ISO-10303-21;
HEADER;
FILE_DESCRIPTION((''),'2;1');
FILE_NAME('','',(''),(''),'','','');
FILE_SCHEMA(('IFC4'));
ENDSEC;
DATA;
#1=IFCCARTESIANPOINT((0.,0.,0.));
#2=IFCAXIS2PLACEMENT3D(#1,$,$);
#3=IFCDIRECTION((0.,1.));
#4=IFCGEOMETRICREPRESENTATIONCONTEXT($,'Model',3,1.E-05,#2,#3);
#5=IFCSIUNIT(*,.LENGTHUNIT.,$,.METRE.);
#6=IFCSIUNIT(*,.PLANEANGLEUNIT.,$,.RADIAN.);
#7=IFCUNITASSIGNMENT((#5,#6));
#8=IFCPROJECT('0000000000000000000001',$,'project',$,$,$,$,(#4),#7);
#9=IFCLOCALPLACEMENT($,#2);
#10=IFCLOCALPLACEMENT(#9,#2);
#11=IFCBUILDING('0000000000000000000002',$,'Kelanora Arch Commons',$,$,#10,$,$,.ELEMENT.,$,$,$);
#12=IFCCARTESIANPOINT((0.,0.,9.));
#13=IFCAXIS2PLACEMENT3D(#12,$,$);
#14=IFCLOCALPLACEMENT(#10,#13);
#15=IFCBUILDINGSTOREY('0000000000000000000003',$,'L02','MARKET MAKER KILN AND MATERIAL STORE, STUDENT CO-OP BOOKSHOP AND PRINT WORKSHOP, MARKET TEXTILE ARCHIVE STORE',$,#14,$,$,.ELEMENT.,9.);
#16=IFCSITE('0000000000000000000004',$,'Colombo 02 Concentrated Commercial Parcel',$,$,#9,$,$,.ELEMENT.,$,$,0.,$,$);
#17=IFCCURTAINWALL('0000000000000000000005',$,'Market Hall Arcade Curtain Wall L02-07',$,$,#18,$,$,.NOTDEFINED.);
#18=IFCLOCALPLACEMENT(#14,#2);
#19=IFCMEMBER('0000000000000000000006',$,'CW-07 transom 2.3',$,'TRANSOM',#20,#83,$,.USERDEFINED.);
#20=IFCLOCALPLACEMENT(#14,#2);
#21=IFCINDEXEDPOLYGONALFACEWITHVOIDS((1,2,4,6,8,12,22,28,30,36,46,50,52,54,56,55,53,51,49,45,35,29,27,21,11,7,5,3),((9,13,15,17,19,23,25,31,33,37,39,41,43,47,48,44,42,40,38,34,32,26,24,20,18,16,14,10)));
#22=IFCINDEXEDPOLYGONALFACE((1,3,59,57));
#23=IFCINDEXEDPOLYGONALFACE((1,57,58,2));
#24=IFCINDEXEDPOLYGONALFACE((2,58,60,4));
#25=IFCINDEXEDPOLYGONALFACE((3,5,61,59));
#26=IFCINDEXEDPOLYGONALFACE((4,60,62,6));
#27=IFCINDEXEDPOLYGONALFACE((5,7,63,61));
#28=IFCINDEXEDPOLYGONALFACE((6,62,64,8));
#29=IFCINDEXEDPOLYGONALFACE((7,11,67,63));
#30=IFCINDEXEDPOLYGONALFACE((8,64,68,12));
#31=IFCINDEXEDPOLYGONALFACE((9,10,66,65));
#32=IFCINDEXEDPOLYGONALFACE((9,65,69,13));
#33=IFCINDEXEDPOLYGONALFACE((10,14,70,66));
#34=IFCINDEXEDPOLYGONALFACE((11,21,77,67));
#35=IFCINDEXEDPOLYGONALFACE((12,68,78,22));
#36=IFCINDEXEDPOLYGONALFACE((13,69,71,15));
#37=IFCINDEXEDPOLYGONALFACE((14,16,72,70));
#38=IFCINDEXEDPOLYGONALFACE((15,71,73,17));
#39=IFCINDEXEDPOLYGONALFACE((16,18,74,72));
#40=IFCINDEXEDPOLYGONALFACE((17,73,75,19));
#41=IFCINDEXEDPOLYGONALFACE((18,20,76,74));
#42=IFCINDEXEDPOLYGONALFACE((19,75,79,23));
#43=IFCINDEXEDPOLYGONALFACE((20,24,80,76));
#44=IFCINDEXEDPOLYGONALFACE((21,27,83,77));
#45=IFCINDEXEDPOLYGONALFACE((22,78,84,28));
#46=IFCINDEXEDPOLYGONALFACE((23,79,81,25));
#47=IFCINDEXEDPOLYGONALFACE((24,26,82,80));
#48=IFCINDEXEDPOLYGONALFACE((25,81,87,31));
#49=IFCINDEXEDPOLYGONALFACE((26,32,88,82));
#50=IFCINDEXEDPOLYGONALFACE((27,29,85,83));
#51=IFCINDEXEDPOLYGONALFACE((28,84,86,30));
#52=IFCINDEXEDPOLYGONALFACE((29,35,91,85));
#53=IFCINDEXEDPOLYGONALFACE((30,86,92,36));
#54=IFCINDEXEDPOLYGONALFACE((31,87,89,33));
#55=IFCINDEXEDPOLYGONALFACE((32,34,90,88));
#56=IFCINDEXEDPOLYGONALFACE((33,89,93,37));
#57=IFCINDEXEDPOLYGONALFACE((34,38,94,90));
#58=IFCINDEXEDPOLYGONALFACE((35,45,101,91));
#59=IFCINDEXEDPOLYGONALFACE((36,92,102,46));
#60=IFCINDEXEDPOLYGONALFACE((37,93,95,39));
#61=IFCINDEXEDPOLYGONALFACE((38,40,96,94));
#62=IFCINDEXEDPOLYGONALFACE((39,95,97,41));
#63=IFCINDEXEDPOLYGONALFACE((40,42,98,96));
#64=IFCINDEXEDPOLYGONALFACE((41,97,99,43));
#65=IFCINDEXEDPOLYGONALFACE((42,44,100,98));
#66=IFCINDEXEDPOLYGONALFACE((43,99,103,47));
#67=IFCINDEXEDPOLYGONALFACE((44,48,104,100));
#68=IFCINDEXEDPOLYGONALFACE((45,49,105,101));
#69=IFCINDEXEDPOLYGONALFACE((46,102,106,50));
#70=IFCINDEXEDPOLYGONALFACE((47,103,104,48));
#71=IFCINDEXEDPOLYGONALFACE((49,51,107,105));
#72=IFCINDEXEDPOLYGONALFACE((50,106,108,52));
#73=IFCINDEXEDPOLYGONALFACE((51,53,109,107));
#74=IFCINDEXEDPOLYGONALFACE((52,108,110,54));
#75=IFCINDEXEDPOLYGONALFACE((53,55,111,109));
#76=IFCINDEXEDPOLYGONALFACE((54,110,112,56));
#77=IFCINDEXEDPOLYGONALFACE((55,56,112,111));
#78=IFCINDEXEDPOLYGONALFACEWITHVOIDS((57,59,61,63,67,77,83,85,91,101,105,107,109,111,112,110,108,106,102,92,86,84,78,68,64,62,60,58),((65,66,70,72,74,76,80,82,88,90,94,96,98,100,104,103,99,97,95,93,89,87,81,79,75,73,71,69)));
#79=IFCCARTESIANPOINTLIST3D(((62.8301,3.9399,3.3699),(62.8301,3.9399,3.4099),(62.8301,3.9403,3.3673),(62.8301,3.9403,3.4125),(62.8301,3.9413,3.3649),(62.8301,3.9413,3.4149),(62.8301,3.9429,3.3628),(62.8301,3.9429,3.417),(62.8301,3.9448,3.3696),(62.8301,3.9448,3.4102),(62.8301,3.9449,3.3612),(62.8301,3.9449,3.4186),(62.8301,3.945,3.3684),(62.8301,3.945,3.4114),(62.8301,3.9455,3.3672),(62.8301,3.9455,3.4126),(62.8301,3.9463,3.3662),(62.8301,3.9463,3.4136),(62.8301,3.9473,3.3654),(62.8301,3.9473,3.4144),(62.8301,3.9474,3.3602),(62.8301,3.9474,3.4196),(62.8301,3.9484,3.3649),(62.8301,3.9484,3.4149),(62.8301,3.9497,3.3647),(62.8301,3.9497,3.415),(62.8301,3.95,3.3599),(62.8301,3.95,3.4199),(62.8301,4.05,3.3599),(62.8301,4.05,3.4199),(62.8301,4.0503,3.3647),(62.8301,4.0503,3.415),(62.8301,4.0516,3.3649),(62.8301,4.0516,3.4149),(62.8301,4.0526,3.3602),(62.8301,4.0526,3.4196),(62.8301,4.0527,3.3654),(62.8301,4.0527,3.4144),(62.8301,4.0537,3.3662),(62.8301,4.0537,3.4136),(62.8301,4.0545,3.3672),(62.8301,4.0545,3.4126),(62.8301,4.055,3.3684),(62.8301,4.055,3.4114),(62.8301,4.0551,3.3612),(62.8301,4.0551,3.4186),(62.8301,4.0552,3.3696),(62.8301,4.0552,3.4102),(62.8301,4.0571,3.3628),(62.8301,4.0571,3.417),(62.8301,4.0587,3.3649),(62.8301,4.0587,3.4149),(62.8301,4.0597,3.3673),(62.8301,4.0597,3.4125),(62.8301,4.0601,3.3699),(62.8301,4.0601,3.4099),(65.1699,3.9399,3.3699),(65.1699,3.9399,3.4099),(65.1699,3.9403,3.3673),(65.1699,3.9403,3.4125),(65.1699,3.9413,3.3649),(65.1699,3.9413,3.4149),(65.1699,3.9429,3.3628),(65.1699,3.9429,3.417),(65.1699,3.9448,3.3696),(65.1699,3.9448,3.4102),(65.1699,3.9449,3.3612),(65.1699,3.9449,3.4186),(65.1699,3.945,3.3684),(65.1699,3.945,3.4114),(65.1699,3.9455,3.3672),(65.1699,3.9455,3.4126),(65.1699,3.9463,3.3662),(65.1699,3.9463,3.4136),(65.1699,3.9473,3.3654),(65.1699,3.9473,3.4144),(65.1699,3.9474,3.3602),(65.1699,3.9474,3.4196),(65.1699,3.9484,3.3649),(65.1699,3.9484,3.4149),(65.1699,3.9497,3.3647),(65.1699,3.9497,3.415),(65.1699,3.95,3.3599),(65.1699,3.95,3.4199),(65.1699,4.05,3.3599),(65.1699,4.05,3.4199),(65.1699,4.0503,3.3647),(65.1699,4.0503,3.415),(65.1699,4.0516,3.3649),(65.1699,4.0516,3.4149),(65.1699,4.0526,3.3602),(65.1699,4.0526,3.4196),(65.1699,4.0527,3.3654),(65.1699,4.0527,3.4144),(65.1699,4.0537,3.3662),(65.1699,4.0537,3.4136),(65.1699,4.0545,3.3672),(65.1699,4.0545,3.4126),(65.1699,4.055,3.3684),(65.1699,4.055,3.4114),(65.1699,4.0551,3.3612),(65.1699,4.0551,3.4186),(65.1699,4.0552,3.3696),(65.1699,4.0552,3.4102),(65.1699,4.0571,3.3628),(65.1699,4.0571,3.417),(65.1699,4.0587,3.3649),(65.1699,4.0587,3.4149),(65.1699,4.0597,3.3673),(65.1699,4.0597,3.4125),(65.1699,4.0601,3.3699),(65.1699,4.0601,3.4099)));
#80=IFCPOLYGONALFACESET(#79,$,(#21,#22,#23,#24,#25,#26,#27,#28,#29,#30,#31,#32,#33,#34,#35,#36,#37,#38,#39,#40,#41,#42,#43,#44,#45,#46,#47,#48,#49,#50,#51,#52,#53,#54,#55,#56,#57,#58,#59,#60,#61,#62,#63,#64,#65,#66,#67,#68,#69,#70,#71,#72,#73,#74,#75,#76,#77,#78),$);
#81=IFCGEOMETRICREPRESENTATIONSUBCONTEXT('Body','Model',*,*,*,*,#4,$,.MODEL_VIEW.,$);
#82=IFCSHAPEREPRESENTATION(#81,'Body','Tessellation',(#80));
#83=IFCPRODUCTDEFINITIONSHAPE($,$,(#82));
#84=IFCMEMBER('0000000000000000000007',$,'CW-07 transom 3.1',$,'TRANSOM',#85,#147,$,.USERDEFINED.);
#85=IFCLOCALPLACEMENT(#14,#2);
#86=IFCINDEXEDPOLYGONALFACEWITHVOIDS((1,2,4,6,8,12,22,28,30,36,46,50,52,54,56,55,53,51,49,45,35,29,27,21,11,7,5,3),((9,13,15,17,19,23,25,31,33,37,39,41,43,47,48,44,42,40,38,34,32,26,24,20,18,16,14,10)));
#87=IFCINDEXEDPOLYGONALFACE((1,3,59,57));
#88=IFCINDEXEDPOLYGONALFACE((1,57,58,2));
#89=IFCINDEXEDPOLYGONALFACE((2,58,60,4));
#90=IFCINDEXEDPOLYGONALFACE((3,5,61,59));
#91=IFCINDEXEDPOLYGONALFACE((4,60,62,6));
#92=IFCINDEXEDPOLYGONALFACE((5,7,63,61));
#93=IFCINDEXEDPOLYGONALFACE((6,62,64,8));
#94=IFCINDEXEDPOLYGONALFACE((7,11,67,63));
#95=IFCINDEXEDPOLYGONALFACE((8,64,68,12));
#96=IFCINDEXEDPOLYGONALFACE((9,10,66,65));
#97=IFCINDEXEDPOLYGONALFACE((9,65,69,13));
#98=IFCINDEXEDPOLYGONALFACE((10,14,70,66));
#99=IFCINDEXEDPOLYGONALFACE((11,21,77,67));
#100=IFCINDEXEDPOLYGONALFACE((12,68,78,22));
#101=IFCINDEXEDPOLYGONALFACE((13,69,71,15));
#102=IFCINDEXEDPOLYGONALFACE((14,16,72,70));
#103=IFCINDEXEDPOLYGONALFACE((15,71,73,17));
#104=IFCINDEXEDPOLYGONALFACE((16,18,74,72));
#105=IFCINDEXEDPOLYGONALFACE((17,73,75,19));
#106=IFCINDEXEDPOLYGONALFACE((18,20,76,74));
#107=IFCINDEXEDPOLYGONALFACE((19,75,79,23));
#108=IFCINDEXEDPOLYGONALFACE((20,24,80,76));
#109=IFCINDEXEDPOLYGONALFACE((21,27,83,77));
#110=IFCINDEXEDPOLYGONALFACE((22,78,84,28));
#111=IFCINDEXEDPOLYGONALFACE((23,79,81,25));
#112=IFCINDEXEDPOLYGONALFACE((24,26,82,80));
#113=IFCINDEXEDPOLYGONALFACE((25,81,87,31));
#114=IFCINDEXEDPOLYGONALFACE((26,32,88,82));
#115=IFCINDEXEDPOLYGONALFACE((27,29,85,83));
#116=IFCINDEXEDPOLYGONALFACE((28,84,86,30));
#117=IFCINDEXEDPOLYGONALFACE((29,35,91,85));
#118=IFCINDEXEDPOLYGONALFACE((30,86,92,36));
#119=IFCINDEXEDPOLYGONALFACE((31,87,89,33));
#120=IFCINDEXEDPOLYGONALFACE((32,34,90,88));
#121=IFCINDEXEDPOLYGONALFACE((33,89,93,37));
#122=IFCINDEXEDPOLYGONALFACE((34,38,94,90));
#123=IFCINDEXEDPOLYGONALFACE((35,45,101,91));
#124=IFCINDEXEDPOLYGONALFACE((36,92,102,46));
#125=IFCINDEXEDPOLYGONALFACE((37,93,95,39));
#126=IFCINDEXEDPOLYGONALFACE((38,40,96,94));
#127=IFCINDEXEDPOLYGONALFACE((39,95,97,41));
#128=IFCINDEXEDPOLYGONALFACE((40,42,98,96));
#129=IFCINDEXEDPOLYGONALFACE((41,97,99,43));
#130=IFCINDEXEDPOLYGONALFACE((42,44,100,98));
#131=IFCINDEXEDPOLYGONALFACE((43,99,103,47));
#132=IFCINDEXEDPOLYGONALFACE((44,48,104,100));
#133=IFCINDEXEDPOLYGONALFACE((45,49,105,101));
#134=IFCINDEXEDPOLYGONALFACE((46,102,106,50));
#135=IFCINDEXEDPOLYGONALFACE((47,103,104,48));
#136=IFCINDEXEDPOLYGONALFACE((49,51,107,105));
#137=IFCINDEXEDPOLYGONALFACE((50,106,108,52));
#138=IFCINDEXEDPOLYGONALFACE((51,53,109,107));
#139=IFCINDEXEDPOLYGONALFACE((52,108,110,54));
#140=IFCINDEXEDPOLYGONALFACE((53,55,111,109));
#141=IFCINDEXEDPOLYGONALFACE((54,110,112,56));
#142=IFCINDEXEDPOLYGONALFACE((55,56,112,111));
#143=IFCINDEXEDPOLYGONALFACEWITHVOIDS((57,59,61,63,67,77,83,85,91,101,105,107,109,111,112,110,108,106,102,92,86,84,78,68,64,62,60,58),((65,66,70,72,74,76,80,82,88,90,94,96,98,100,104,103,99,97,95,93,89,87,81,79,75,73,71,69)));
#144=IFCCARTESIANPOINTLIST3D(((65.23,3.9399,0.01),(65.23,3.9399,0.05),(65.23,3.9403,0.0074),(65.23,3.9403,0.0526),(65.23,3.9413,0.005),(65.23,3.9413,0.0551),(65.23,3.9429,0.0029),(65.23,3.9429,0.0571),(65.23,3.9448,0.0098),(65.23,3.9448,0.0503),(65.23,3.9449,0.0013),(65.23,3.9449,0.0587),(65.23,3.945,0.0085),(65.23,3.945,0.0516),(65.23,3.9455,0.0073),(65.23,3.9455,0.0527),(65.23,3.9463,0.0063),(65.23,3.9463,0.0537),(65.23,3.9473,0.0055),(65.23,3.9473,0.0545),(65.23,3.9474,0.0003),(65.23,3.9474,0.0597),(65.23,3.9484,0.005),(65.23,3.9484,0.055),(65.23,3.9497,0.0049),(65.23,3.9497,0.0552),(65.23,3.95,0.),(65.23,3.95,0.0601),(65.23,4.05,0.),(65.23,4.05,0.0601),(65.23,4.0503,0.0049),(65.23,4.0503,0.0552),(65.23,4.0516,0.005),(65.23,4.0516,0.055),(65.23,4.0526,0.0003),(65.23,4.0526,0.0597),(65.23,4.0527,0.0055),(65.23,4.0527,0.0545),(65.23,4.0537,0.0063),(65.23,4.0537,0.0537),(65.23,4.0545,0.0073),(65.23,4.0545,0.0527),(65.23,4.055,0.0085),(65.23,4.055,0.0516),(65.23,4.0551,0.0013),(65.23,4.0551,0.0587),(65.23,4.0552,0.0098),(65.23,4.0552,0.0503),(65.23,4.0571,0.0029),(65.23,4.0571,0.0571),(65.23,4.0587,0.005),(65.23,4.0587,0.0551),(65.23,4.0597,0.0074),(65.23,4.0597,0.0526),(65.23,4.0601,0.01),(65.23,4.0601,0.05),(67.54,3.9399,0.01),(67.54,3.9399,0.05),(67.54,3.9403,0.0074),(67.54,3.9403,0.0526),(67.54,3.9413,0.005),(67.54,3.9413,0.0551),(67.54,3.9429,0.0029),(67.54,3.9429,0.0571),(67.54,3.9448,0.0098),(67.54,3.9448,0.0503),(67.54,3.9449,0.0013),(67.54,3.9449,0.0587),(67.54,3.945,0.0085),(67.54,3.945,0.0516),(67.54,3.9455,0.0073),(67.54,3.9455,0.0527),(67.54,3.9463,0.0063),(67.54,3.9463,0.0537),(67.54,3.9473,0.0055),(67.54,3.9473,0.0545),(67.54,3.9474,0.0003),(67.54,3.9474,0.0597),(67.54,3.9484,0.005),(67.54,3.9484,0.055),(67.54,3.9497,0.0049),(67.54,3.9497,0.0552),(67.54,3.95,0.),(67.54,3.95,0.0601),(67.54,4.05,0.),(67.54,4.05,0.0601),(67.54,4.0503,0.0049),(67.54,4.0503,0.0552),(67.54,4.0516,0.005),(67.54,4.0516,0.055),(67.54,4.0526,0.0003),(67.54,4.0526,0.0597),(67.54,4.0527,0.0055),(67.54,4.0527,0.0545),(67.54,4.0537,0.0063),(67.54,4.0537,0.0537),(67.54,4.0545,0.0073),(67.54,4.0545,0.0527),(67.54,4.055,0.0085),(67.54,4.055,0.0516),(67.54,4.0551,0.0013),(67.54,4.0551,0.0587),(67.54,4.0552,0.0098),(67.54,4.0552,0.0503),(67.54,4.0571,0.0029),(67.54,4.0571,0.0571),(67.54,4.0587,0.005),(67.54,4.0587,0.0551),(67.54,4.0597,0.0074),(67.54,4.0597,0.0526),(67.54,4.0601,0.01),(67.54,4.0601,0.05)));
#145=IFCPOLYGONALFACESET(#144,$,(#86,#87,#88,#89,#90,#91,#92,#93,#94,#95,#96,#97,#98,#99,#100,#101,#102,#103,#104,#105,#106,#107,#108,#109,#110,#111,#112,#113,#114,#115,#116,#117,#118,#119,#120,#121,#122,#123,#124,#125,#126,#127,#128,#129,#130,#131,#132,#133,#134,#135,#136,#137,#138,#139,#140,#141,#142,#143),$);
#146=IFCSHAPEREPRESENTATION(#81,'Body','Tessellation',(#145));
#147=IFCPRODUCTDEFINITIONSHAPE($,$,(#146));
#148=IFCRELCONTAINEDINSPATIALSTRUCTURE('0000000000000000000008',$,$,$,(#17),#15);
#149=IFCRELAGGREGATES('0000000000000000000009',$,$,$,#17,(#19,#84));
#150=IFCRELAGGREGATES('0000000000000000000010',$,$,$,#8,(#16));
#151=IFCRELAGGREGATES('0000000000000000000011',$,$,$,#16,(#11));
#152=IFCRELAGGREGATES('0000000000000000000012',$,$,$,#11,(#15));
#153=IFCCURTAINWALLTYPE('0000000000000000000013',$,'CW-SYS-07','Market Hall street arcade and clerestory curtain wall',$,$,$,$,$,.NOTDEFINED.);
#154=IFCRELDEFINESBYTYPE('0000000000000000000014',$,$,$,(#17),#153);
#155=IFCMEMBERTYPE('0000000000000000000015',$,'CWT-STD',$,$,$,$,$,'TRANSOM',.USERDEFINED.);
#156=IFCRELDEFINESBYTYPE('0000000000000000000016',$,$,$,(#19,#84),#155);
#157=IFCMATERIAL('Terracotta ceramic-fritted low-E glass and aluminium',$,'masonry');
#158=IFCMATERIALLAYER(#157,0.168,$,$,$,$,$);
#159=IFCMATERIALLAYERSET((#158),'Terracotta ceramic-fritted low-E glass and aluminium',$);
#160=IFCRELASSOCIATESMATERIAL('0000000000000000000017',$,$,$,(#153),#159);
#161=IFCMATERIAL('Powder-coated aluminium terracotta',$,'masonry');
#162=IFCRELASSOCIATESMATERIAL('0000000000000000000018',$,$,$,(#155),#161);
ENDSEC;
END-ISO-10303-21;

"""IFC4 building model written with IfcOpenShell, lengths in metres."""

from ifc_helpers import new_model, si_unit, direction, frame, origin, origin_2d, place, context, subcontext, project, spatial, hollow_rectangle, extrude, material, layer, layer_set, material_profile, profile_set, type_object, element, aggregate, save


model = new_model("IFC4")

# Units and contexts
model_context = context("Model", 3, precision=1e-05, world=origin(), true_north=direction((0.0, 1.0)))
body_context = subcontext(model_context, "Body", "Model", "MODEL_VIEW")
ifc_project = project(units=[si_unit("LENGTHUNIT", "METRE"), si_unit("PLANEANGLEUNIT", "RADIAN")], contexts=[model_context])

# Site, building, storey
site_placement = place(None, origin())
site = spatial("IfcSite", under=ifc_project, at=site_placement, Name="Colombo 02 Concentrated Commercial Parcel", CompositionType="ELEMENT", RefElevation=0.0)
building_placement = place(site_placement, origin())
building = spatial("IfcBuilding", under=site, at=building_placement, Name="Kelanora Arch Commons", CompositionType="ELEMENT")
storey_placement = place(building_placement, frame((0.0, 0.0, 9.0)))
storey = spatial("IfcBuildingStorey", under=building, at=storey_placement, Name="L02", Description="MARKET MAKER KILN AND MATERIAL STORE, STUDENT CO-OP BOOKSHOP AND PRINT WORKSHOP, MARKET TEXTILE ARCHIVE STORE", CompositionType="ELEMENT", Elevation=9.0)

# Curtain wall, members
ifc_material_1 = material(Name="Terracotta ceramic-fritted low-E glass and aluminium", Category="masonry")
ifc_layer_1 = layer(ifc_material_1, 0.168)
ifc_layer_set_1 = layer_set([ifc_layer_1], Name="Terracotta ceramic-fritted low-E glass and aluminium")
curtain_wall_type = type_object("IfcCurtainWallType", Name="CW-SYS-07", Description="Market Hall street arcade and clerestory curtain wall", PredefinedType="NOTDEFINED", material=ifc_layer_set_1)
curtain_wall_placement = place(storey_placement, origin())
curtain_wall = element("IfcCurtainWall", 1, at=curtain_wall_placement, inside=storey, type_object=curtain_wall_type, Name="Market Hall Arcade Curtain Wall L02-07", PredefinedType="NOTDEFINED")
ifc_material_2 = material(Name="Powder-coated aluminium terracotta", Category="masonry")
ifc_material_profile_1 = material_profile(ifc_material_2, hollow_rectangle(XDim=0.1201, YDim=0.0601, WallThickness=0.0049, InnerFilletRadius=0.0049, OuterFilletRadius=0.01, at=origin_2d()), Name="CWT120x60")
ifc_profile_set_1 = profile_set([ifc_material_profile_1], Name="Powder-coated aluminium terracotta")
member_type_1 = type_object("IfcMemberType", Name="CWT-STD", ElementType="TRANSOM", PredefinedType="USERDEFINED", material=ifc_profile_set_1)
member_1_placement = place(storey_placement, frame((62.8301, 4.0, 3.3899), z_axis=(1.0, 0.0, 0.0), x_axis=(0.0, 1.0, 0.0)))
member_1 = element("IfcMember", 2, at=member_1_placement, type_object=member_type_1, Name="CW-07 transom 2.3", ObjectType="TRANSOM", PredefinedType="USERDEFINED", context=body_context, shape_type="SweptSolid", body=[
    extrude(hollow_rectangle(XDim=0.1201, YDim=0.0601, WallThickness=0.0049, InnerFilletRadius=0.0049, OuterFilletRadius=0.01, at=origin_2d()), origin(), (0.0, 0.0, 1.0), 2.3398),
])
member_2_placement = place(storey_placement, frame((65.23, 4.0, 0.03), z_axis=(1.0, 0.0, 0.0), x_axis=(0.0, 1.0, 0.0)))
member_2 = element("IfcMember", 3, at=member_2_placement, type_object=member_type_1, Name="CW-07 transom 3.1", ObjectType="TRANSOM", PredefinedType="USERDEFINED", context=body_context, shape_type="SweptSolid", body=[
    extrude(hollow_rectangle(XDim=0.1201, YDim=0.0601, WallThickness=0.0049, InnerFilletRadius=0.0049, OuterFilletRadius=0.01, at=origin_2d()), origin(), (0.0, 0.0, 1.0), 2.3101),
])

aggregate(curtain_wall, [member_1, member_2])

save(model, "model.ifc")
